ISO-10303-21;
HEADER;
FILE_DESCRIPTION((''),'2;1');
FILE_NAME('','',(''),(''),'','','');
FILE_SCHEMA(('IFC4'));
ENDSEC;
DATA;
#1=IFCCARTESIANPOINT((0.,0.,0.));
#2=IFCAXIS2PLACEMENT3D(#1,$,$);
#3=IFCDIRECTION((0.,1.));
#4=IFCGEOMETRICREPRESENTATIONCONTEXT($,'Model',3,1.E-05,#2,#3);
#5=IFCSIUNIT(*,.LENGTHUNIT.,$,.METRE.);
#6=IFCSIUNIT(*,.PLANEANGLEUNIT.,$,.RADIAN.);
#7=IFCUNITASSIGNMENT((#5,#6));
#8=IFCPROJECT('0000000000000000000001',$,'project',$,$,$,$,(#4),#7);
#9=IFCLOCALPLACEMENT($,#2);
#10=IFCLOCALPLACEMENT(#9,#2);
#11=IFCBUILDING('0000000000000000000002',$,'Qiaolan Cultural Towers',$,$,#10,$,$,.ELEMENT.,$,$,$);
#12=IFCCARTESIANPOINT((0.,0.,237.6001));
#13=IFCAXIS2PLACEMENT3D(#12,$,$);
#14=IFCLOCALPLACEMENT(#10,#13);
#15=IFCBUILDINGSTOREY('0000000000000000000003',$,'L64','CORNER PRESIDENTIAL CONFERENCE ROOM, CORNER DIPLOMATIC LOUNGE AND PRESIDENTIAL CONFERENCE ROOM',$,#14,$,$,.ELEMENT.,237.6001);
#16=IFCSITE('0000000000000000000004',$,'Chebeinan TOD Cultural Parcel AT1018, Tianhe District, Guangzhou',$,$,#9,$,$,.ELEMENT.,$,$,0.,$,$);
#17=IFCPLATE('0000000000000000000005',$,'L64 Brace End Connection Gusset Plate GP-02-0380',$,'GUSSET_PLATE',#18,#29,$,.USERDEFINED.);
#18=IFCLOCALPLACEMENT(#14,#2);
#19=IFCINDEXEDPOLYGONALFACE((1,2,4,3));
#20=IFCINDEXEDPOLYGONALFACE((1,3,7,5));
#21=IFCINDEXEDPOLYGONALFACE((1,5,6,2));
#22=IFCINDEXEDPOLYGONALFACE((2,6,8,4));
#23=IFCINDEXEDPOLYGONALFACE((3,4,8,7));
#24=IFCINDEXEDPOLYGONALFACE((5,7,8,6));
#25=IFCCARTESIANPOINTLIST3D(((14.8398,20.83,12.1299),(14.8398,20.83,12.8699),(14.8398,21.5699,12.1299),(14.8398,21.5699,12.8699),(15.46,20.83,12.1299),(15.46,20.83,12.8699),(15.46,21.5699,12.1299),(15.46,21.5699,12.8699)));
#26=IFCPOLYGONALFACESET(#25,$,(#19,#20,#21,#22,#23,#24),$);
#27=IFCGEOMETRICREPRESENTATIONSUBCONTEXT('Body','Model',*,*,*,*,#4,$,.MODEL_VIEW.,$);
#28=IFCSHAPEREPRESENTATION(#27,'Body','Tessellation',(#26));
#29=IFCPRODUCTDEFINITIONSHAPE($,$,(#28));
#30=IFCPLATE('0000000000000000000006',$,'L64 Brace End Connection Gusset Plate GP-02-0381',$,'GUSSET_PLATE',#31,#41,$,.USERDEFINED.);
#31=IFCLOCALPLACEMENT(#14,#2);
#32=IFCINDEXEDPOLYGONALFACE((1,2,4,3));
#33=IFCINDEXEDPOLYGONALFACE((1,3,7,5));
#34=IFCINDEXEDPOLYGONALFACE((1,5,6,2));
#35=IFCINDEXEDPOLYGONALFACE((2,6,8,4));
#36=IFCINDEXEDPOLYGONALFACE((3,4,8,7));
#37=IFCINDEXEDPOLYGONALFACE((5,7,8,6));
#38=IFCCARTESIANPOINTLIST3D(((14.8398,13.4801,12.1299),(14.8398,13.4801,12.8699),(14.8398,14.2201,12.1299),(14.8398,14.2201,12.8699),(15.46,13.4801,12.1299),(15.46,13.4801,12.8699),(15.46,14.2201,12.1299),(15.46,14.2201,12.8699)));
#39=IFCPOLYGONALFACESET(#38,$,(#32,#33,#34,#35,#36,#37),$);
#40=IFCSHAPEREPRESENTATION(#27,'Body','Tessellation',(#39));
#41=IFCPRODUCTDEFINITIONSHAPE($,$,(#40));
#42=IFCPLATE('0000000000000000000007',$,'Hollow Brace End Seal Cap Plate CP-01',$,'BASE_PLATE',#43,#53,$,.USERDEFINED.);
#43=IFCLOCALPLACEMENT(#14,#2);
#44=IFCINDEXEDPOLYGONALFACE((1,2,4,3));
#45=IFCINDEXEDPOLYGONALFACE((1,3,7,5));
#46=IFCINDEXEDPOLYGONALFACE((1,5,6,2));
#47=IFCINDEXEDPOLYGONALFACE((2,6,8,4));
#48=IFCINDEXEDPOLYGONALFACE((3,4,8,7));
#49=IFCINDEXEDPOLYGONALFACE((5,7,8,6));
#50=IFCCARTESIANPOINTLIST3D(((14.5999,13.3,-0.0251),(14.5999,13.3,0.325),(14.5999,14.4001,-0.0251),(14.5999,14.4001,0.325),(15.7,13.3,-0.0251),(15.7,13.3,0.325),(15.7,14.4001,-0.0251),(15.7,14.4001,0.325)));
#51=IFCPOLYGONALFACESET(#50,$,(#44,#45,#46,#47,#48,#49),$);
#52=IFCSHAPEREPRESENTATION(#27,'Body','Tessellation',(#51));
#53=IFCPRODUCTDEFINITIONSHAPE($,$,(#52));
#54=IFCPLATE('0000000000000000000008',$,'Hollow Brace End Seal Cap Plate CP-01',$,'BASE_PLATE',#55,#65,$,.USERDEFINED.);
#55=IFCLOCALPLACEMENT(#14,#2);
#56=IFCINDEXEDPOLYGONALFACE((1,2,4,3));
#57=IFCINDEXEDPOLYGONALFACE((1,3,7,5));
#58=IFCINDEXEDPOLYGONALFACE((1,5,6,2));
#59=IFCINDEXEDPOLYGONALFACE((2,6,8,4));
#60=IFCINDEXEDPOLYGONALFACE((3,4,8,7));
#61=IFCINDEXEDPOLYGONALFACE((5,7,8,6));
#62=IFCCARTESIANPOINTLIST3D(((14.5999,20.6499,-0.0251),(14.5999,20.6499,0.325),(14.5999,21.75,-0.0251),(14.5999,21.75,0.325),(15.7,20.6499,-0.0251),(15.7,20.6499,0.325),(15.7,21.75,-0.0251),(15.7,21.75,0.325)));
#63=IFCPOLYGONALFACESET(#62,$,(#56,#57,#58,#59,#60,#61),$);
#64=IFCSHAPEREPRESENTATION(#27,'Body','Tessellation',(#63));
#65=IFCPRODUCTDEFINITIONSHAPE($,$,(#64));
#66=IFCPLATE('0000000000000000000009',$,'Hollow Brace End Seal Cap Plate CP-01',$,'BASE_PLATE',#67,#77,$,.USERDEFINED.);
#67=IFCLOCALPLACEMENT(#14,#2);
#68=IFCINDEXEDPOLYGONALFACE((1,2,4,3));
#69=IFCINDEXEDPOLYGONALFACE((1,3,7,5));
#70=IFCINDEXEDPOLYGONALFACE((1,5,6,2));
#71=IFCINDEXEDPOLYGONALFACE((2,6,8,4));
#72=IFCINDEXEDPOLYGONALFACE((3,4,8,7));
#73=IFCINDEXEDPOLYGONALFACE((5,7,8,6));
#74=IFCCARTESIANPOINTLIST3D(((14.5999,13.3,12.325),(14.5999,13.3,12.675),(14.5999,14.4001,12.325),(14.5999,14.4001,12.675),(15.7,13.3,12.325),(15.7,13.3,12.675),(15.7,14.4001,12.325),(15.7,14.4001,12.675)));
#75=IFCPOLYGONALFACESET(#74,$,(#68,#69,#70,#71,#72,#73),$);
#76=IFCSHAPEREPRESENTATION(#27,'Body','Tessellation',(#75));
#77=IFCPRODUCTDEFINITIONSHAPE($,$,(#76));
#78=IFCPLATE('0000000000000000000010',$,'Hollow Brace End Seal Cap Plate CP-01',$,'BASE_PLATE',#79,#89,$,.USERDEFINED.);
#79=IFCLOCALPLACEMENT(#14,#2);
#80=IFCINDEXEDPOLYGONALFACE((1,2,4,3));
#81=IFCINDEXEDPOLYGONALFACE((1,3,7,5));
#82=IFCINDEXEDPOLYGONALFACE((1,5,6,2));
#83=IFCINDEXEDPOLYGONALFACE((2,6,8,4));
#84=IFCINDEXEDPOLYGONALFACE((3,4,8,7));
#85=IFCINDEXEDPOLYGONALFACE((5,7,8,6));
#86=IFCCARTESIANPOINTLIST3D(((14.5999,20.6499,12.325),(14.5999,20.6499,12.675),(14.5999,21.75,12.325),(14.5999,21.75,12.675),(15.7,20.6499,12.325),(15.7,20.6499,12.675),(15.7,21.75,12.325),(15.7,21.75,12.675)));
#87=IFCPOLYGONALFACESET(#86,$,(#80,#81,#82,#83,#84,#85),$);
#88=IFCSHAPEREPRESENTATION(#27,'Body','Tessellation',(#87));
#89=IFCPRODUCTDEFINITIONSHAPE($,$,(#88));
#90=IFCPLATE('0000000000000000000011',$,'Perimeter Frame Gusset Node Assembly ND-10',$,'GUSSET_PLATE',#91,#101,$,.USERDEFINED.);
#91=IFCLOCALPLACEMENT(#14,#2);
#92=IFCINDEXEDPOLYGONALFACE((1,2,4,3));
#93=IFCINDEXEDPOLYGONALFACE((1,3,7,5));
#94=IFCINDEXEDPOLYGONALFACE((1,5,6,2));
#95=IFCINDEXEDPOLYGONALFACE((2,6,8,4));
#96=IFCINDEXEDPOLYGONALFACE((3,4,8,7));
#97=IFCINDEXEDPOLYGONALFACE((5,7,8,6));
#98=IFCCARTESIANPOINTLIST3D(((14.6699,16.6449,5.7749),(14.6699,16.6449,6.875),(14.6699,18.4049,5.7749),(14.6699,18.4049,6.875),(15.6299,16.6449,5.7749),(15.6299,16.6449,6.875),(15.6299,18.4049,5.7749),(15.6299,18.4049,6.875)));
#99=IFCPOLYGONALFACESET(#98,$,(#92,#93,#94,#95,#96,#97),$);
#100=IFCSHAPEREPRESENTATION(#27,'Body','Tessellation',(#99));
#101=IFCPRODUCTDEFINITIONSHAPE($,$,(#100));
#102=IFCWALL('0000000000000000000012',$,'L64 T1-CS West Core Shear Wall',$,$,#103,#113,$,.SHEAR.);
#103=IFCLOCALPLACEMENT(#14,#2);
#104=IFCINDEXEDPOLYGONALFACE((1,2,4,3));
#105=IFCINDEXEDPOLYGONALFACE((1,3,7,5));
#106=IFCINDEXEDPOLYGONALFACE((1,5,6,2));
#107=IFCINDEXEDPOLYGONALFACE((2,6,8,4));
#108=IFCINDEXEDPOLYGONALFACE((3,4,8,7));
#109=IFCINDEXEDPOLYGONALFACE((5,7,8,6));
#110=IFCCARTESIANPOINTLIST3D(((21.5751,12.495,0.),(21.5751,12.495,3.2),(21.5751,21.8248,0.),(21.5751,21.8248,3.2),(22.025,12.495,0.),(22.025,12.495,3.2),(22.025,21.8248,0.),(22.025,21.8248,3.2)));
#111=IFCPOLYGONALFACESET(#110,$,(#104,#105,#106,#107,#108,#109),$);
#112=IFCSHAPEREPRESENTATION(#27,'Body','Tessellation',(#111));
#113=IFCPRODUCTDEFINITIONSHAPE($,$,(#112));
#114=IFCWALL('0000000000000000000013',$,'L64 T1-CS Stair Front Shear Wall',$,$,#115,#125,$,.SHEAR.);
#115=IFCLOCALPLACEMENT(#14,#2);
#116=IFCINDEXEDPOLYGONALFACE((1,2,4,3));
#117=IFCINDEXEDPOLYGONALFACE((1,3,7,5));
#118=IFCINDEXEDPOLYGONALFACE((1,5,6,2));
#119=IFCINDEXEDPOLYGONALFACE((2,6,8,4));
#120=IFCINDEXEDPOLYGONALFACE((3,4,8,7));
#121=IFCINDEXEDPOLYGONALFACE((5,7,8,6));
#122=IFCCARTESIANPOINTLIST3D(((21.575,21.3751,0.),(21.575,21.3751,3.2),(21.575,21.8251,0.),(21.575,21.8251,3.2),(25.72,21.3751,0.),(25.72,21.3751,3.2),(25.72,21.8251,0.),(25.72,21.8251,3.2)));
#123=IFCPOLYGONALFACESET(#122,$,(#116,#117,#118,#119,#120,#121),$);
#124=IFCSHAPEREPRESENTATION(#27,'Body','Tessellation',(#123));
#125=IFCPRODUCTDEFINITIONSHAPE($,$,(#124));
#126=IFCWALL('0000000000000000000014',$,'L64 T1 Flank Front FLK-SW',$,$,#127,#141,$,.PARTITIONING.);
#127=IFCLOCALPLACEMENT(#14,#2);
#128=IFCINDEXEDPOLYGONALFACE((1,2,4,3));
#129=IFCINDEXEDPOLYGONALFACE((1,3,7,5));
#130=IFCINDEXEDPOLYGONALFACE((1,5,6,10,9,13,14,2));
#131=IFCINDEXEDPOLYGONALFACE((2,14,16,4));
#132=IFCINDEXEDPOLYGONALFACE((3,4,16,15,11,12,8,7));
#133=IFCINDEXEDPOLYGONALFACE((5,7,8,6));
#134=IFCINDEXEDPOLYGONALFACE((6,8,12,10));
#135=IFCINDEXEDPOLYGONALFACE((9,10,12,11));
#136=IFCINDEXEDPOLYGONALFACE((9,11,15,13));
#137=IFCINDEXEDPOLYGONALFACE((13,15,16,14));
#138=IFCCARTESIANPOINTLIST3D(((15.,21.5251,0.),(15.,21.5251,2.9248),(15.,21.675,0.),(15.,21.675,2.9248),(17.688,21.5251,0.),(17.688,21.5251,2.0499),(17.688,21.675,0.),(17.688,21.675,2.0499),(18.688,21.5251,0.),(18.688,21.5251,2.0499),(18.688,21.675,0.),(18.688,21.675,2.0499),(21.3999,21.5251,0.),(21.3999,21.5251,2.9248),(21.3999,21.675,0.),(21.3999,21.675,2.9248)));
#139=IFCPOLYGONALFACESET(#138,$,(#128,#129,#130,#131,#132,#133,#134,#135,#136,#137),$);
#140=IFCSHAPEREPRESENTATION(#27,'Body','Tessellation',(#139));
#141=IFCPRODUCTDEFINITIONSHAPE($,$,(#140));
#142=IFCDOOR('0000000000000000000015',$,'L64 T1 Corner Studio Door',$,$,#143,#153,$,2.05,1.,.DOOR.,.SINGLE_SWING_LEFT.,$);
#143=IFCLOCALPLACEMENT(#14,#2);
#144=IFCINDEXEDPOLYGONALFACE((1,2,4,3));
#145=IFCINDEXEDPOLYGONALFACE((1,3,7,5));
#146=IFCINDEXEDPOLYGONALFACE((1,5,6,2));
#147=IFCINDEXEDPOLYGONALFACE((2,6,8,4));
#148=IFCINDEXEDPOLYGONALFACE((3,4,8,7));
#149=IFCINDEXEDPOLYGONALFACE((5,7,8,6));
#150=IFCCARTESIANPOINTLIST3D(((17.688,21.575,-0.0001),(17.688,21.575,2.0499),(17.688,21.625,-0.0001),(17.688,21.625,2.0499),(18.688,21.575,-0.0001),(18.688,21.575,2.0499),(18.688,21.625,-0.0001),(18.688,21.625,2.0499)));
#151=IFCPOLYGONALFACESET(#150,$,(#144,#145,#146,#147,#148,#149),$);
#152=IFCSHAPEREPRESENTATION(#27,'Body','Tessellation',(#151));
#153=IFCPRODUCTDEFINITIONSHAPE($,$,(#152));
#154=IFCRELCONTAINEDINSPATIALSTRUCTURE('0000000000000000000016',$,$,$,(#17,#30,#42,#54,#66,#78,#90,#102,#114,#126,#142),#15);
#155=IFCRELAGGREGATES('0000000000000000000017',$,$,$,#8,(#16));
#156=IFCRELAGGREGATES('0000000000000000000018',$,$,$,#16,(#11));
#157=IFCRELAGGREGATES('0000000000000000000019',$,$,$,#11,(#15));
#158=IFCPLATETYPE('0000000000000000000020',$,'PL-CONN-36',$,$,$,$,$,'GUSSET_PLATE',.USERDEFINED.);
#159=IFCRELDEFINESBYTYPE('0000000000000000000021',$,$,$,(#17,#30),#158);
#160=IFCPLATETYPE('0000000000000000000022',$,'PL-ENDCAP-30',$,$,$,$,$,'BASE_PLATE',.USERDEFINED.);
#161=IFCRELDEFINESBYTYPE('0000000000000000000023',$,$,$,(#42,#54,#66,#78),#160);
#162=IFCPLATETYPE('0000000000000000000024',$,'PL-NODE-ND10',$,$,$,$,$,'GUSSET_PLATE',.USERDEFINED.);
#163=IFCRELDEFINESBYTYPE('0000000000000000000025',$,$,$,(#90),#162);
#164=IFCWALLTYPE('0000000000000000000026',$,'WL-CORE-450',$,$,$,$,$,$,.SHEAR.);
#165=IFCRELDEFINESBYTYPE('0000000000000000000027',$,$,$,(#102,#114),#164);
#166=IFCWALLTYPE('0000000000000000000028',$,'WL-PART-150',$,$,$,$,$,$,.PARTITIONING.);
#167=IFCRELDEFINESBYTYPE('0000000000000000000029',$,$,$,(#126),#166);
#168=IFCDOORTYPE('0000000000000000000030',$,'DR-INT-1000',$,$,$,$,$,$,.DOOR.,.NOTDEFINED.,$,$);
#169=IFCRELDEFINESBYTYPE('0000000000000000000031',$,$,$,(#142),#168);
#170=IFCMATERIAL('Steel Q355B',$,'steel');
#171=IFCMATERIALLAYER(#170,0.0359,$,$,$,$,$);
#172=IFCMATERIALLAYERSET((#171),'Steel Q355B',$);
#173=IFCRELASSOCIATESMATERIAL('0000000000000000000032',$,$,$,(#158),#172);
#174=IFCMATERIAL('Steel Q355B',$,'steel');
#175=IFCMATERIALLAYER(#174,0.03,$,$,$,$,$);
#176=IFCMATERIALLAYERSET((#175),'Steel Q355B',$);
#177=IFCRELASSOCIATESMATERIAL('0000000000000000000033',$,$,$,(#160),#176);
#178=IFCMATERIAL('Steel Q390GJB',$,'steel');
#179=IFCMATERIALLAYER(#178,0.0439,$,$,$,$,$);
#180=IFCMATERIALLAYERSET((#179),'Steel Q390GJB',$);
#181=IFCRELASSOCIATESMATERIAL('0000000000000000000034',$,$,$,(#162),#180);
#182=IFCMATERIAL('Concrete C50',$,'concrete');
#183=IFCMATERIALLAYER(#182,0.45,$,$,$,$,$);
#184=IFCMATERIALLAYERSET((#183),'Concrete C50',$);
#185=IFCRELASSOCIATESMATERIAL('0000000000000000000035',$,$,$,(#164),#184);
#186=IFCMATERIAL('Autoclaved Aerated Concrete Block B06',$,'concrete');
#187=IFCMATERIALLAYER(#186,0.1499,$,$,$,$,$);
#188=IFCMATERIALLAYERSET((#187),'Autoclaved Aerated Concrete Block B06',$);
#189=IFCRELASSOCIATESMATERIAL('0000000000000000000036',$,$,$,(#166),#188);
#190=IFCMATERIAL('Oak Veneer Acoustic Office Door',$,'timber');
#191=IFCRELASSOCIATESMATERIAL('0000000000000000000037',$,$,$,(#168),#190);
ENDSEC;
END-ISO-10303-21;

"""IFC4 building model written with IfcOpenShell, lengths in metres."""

from ifc_helpers import new_model, si_unit, direction, frame, frame_2d, origin, origin_2d, place, context, subcontext, project, spatial, rectangle, extrude, material, layer, layer_set, type_object, element, fill, save


model = new_model("IFC4")

# Units and contexts
model_context = context("Model", 3, precision=1e-05, world=origin(), true_north=direction((0.0, 1.0)))
body_context = subcontext(model_context, "Body", "Model", "MODEL_VIEW")
ifc_project = project(units=[si_unit("LENGTHUNIT", "METRE"), si_unit("PLANEANGLEUNIT", "RADIAN")], contexts=[model_context])

# Site, building, storey
site_placement = place(None, origin())
site = spatial("IfcSite", under=ifc_project, at=site_placement, Name="Chebeinan TOD Cultural Parcel AT1018, Tianhe District, Guangzhou", CompositionType="ELEMENT", RefElevation=0.0)
building_placement = place(site_placement, origin())
building = spatial("IfcBuilding", under=site, at=building_placement, Name="Qiaolan Cultural Towers", CompositionType="ELEMENT")
storey_placement = place(building_placement, frame((0.0, 0.0, 237.6001)))
storey = spatial("IfcBuildingStorey", under=building, at=storey_placement, Name="L64", Description="CORNER PRESIDENTIAL CONFERENCE ROOM, CORNER DIPLOMATIC LOUNGE AND PRESIDENTIAL CONFERENCE ROOM", CompositionType="ELEMENT", Elevation=237.6001)

# Plates
ifc_material_1 = material(Name="Steel Q355B", Category="steel")
ifc_layer_1 = layer(ifc_material_1, 0.0359)
ifc_layer_set_1 = layer_set([ifc_layer_1], Name="Steel Q355B")
plate_type_1 = type_object("IfcPlateType", Name="PL-CONN-36", ElementType="GUSSET_PLATE", PredefinedType="USERDEFINED", material=ifc_layer_set_1)
for number, where, z_axis, x_axis, name in (
    (1, (15.1499, 21.2, 12.1299), (0.0, 0.0, 1.0), (0.0, 1.0, 0.0), "L64 Brace End Connection Gusset Plate GP-02-0380"),
    (2, (15.1499, 13.8501, 12.1299), (0.0, 0.0, 1.0), (0.0, 1.0, 0.0), "L64 Brace End Connection Gusset Plate GP-02-0381"),
):
    element("IfcPlate", number, at=place(storey_placement, frame(where, z_axis=z_axis, x_axis=x_axis)), inside=storey, type_object=plate_type_1, Name=name, ObjectType="GUSSET_PLATE", PredefinedType="USERDEFINED", context=body_context, shape_type="SweptSolid", body=[
        extrude(rectangle(XDim=0.74, YDim=0.6201, at=origin_2d()), origin(), (0.0, 0.0, 1.0), 0.74),
    ])
ifc_material_2 = material(Name="Steel Q355B", Category="steel")
ifc_layer_2 = layer(ifc_material_2, 0.03)
ifc_layer_set_2 = layer_set([ifc_layer_2], Name="Steel Q355B")
plate_type_2 = type_object("IfcPlateType", Name="PL-ENDCAP-30", ElementType="BASE_PLATE", PredefinedType="USERDEFINED", material=ifc_layer_set_2)
for number, where, z_axis, x_axis, name in (
    (3, (15.1499, 13.8501, -0.0251), (0.0, 0.0, 1.0), (0.0, 1.0, 0.0), "Hollow Brace End Seal Cap Plate CP-01"),
    (4, (15.1499, 21.2, -0.0251), (0.0, 0.0, 1.0), (0.0, 1.0, 0.0), "Hollow Brace End Seal Cap Plate CP-01"),
    (5, (15.1499, 13.8501, 12.325), (0.0, 0.0, 1.0), (0.0, 1.0, 0.0), "Hollow Brace End Seal Cap Plate CP-01"),
    (6, (15.1499, 21.2, 12.325), (0.0, 0.0, 1.0), (0.0, 1.0, 0.0), "Hollow Brace End Seal Cap Plate CP-01"),
):
    element("IfcPlate", number, at=place(storey_placement, frame(where, z_axis=z_axis, x_axis=x_axis)), inside=storey, type_object=plate_type_2, Name=name, ObjectType="BASE_PLATE", PredefinedType="USERDEFINED", context=body_context, shape_type="SweptSolid", body=[
        extrude(rectangle(XDim=1.1001, YDim=1.1001, at=origin_2d()), origin(), (0.0, 0.0, 1.0), 0.3501),
    ])
ifc_material_3 = material(Name="Steel Q390GJB", Category="steel")
ifc_layer_3 = layer(ifc_material_3, 0.0439)
ifc_layer_set_3 = layer_set([ifc_layer_3], Name="Steel Q390GJB")
plate_type_3 = type_object("IfcPlateType", Name="PL-NODE-ND10", ElementType="GUSSET_PLATE", PredefinedType="USERDEFINED", material=ifc_layer_set_3)
plate_placement = place(storey_placement, frame((15.1499, 17.5249, 5.7749), z_axis=(0.0, 0.0, 1.0), x_axis=(0.0, 1.0, 0.0)))
element("IfcPlate", 7, at=plate_placement, inside=storey, type_object=plate_type_3, Name="Perimeter Frame Gusset Node Assembly ND-10", ObjectType="GUSSET_PLATE", PredefinedType="USERDEFINED", context=body_context, shape_type="SweptSolid", body=[
    extrude(rectangle(XDim=1.76, YDim=0.96, at=origin_2d()), origin(), (0.0, 0.0, 1.0), 1.1001),
])

# Walls
ifc_material_4 = material(Name="Concrete C50", Category="concrete")
ifc_layer_4 = layer(ifc_material_4, 0.45)
ifc_layer_set_4 = layer_set([ifc_layer_4], Name="Concrete C50")
wall_type_1 = type_object("IfcWallType", Name="WL-CORE-450", PredefinedType="SHEAR", material=ifc_layer_set_4)
wall_1_placement = place(storey_placement, frame((21.8, 21.825, 0.0), z_axis=(0.0, 0.0, 1.0), x_axis=(0.0, -1.0, 0.0)))
element("IfcWall", 8, at=wall_1_placement, inside=storey, type_object=wall_type_1, Name="L64 T1-CS West Core Shear Wall", PredefinedType="SHEAR", context=body_context, shape_type="SweptSolid", body=[
    extrude(rectangle(XDim=9.3298, YDim=0.45, at=frame_2d((4.665, 0.0))), origin(), (0.0, 0.0, 1.0), 3.2),
])
wall_2_placement = place(storey_placement, frame((21.575, 21.6001, 0.0), z_axis=(0.0, 0.0, 1.0), x_axis=(1.0, 0.0, 0.0)))
element("IfcWall", 9, at=wall_2_placement, inside=storey, type_object=wall_type_1, Name="L64 T1-CS Stair Front Shear Wall", PredefinedType="SHEAR", context=body_context, shape_type="SweptSolid", body=[
    extrude(rectangle(XDim=4.145, YDim=0.45, at=frame_2d((2.0725, 0.0))), origin(), (0.0, 0.0, 1.0), 3.2),
])

# Wall, opening, door
ifc_material_5 = material(Name="Autoclaved Aerated Concrete Block B06", Category="concrete")
ifc_layer_5 = layer(ifc_material_5, 0.1499)
ifc_layer_set_5 = layer_set([ifc_layer_5], Name="Autoclaved Aerated Concrete Block B06")
wall_type_2 = type_object("IfcWallType", Name="WL-PART-150", PredefinedType="PARTITIONING", material=ifc_layer_set_5)
wall_3_placement = place(storey_placement, frame((15.0, 21.6001, 0.0), z_axis=(0.0, 0.0, 1.0), x_axis=(1.0, 0.0, 0.0)))
wall_3 = element("IfcWall", 10, at=wall_3_placement, inside=storey, type_object=wall_type_2, Name="L64 T1 Flank Front FLK-SW", PredefinedType="PARTITIONING", context=body_context, shape_type="SweptSolid", body=[
    extrude(rectangle(XDim=6.3999, YDim=0.1499, at=frame_2d((3.2, 0.0))), origin(), (0.0, 0.0, 1.0), 2.9248),
])
opening_placement = place(wall_3_placement, frame((2.688, 0.0, 0.0)))
opening = element("IfcOpeningElement", 11, at=opening_placement, cuts=wall_3, PredefinedType="OPENING", context=body_context, shape_type="SweptSolid", body=[
    extrude(rectangle(XDim=1.0, YDim=2.05, at=frame_2d((0.5, 1.0249))), frame((0.0, 0.085, 0.0), z_axis=(0.0, -1.0, 0.0), x_axis=(1.0, 0.0, 0.0)), (0.0, 0.0, 1.0), 0.1699),
])
ifc_material_6 = material(Name="Oak Veneer Acoustic Office Door", Category="timber")
door_type = type_object("IfcDoorType", Name="DR-INT-1000", OperationType="NOTDEFINED", PredefinedType="DOOR", material=ifc_material_6)
door_placement = place(opening_placement, origin())
door = element("IfcDoor", 12, at=door_placement, inside=storey, type_object=door_type, Name="L64 T1 Corner Studio Door", OperationType="SINGLE_SWING_LEFT", OverallHeight=2.05, OverallWidth=1.0, PredefinedType="DOOR", context=body_context, shape_type="SweptSolid", body=[
    extrude(rectangle(XDim=1.0, YDim=2.05, at=frame_2d((0.5, 1.0249))), frame((0.0, 0.0249, 0.0), z_axis=(0.0, -1.0, 0.0), x_axis=(1.0, 0.0, 0.0)), (0.0, 0.0, 1.0), 0.05),
])
fill(opening, door)

save(model, "model.ifc")
